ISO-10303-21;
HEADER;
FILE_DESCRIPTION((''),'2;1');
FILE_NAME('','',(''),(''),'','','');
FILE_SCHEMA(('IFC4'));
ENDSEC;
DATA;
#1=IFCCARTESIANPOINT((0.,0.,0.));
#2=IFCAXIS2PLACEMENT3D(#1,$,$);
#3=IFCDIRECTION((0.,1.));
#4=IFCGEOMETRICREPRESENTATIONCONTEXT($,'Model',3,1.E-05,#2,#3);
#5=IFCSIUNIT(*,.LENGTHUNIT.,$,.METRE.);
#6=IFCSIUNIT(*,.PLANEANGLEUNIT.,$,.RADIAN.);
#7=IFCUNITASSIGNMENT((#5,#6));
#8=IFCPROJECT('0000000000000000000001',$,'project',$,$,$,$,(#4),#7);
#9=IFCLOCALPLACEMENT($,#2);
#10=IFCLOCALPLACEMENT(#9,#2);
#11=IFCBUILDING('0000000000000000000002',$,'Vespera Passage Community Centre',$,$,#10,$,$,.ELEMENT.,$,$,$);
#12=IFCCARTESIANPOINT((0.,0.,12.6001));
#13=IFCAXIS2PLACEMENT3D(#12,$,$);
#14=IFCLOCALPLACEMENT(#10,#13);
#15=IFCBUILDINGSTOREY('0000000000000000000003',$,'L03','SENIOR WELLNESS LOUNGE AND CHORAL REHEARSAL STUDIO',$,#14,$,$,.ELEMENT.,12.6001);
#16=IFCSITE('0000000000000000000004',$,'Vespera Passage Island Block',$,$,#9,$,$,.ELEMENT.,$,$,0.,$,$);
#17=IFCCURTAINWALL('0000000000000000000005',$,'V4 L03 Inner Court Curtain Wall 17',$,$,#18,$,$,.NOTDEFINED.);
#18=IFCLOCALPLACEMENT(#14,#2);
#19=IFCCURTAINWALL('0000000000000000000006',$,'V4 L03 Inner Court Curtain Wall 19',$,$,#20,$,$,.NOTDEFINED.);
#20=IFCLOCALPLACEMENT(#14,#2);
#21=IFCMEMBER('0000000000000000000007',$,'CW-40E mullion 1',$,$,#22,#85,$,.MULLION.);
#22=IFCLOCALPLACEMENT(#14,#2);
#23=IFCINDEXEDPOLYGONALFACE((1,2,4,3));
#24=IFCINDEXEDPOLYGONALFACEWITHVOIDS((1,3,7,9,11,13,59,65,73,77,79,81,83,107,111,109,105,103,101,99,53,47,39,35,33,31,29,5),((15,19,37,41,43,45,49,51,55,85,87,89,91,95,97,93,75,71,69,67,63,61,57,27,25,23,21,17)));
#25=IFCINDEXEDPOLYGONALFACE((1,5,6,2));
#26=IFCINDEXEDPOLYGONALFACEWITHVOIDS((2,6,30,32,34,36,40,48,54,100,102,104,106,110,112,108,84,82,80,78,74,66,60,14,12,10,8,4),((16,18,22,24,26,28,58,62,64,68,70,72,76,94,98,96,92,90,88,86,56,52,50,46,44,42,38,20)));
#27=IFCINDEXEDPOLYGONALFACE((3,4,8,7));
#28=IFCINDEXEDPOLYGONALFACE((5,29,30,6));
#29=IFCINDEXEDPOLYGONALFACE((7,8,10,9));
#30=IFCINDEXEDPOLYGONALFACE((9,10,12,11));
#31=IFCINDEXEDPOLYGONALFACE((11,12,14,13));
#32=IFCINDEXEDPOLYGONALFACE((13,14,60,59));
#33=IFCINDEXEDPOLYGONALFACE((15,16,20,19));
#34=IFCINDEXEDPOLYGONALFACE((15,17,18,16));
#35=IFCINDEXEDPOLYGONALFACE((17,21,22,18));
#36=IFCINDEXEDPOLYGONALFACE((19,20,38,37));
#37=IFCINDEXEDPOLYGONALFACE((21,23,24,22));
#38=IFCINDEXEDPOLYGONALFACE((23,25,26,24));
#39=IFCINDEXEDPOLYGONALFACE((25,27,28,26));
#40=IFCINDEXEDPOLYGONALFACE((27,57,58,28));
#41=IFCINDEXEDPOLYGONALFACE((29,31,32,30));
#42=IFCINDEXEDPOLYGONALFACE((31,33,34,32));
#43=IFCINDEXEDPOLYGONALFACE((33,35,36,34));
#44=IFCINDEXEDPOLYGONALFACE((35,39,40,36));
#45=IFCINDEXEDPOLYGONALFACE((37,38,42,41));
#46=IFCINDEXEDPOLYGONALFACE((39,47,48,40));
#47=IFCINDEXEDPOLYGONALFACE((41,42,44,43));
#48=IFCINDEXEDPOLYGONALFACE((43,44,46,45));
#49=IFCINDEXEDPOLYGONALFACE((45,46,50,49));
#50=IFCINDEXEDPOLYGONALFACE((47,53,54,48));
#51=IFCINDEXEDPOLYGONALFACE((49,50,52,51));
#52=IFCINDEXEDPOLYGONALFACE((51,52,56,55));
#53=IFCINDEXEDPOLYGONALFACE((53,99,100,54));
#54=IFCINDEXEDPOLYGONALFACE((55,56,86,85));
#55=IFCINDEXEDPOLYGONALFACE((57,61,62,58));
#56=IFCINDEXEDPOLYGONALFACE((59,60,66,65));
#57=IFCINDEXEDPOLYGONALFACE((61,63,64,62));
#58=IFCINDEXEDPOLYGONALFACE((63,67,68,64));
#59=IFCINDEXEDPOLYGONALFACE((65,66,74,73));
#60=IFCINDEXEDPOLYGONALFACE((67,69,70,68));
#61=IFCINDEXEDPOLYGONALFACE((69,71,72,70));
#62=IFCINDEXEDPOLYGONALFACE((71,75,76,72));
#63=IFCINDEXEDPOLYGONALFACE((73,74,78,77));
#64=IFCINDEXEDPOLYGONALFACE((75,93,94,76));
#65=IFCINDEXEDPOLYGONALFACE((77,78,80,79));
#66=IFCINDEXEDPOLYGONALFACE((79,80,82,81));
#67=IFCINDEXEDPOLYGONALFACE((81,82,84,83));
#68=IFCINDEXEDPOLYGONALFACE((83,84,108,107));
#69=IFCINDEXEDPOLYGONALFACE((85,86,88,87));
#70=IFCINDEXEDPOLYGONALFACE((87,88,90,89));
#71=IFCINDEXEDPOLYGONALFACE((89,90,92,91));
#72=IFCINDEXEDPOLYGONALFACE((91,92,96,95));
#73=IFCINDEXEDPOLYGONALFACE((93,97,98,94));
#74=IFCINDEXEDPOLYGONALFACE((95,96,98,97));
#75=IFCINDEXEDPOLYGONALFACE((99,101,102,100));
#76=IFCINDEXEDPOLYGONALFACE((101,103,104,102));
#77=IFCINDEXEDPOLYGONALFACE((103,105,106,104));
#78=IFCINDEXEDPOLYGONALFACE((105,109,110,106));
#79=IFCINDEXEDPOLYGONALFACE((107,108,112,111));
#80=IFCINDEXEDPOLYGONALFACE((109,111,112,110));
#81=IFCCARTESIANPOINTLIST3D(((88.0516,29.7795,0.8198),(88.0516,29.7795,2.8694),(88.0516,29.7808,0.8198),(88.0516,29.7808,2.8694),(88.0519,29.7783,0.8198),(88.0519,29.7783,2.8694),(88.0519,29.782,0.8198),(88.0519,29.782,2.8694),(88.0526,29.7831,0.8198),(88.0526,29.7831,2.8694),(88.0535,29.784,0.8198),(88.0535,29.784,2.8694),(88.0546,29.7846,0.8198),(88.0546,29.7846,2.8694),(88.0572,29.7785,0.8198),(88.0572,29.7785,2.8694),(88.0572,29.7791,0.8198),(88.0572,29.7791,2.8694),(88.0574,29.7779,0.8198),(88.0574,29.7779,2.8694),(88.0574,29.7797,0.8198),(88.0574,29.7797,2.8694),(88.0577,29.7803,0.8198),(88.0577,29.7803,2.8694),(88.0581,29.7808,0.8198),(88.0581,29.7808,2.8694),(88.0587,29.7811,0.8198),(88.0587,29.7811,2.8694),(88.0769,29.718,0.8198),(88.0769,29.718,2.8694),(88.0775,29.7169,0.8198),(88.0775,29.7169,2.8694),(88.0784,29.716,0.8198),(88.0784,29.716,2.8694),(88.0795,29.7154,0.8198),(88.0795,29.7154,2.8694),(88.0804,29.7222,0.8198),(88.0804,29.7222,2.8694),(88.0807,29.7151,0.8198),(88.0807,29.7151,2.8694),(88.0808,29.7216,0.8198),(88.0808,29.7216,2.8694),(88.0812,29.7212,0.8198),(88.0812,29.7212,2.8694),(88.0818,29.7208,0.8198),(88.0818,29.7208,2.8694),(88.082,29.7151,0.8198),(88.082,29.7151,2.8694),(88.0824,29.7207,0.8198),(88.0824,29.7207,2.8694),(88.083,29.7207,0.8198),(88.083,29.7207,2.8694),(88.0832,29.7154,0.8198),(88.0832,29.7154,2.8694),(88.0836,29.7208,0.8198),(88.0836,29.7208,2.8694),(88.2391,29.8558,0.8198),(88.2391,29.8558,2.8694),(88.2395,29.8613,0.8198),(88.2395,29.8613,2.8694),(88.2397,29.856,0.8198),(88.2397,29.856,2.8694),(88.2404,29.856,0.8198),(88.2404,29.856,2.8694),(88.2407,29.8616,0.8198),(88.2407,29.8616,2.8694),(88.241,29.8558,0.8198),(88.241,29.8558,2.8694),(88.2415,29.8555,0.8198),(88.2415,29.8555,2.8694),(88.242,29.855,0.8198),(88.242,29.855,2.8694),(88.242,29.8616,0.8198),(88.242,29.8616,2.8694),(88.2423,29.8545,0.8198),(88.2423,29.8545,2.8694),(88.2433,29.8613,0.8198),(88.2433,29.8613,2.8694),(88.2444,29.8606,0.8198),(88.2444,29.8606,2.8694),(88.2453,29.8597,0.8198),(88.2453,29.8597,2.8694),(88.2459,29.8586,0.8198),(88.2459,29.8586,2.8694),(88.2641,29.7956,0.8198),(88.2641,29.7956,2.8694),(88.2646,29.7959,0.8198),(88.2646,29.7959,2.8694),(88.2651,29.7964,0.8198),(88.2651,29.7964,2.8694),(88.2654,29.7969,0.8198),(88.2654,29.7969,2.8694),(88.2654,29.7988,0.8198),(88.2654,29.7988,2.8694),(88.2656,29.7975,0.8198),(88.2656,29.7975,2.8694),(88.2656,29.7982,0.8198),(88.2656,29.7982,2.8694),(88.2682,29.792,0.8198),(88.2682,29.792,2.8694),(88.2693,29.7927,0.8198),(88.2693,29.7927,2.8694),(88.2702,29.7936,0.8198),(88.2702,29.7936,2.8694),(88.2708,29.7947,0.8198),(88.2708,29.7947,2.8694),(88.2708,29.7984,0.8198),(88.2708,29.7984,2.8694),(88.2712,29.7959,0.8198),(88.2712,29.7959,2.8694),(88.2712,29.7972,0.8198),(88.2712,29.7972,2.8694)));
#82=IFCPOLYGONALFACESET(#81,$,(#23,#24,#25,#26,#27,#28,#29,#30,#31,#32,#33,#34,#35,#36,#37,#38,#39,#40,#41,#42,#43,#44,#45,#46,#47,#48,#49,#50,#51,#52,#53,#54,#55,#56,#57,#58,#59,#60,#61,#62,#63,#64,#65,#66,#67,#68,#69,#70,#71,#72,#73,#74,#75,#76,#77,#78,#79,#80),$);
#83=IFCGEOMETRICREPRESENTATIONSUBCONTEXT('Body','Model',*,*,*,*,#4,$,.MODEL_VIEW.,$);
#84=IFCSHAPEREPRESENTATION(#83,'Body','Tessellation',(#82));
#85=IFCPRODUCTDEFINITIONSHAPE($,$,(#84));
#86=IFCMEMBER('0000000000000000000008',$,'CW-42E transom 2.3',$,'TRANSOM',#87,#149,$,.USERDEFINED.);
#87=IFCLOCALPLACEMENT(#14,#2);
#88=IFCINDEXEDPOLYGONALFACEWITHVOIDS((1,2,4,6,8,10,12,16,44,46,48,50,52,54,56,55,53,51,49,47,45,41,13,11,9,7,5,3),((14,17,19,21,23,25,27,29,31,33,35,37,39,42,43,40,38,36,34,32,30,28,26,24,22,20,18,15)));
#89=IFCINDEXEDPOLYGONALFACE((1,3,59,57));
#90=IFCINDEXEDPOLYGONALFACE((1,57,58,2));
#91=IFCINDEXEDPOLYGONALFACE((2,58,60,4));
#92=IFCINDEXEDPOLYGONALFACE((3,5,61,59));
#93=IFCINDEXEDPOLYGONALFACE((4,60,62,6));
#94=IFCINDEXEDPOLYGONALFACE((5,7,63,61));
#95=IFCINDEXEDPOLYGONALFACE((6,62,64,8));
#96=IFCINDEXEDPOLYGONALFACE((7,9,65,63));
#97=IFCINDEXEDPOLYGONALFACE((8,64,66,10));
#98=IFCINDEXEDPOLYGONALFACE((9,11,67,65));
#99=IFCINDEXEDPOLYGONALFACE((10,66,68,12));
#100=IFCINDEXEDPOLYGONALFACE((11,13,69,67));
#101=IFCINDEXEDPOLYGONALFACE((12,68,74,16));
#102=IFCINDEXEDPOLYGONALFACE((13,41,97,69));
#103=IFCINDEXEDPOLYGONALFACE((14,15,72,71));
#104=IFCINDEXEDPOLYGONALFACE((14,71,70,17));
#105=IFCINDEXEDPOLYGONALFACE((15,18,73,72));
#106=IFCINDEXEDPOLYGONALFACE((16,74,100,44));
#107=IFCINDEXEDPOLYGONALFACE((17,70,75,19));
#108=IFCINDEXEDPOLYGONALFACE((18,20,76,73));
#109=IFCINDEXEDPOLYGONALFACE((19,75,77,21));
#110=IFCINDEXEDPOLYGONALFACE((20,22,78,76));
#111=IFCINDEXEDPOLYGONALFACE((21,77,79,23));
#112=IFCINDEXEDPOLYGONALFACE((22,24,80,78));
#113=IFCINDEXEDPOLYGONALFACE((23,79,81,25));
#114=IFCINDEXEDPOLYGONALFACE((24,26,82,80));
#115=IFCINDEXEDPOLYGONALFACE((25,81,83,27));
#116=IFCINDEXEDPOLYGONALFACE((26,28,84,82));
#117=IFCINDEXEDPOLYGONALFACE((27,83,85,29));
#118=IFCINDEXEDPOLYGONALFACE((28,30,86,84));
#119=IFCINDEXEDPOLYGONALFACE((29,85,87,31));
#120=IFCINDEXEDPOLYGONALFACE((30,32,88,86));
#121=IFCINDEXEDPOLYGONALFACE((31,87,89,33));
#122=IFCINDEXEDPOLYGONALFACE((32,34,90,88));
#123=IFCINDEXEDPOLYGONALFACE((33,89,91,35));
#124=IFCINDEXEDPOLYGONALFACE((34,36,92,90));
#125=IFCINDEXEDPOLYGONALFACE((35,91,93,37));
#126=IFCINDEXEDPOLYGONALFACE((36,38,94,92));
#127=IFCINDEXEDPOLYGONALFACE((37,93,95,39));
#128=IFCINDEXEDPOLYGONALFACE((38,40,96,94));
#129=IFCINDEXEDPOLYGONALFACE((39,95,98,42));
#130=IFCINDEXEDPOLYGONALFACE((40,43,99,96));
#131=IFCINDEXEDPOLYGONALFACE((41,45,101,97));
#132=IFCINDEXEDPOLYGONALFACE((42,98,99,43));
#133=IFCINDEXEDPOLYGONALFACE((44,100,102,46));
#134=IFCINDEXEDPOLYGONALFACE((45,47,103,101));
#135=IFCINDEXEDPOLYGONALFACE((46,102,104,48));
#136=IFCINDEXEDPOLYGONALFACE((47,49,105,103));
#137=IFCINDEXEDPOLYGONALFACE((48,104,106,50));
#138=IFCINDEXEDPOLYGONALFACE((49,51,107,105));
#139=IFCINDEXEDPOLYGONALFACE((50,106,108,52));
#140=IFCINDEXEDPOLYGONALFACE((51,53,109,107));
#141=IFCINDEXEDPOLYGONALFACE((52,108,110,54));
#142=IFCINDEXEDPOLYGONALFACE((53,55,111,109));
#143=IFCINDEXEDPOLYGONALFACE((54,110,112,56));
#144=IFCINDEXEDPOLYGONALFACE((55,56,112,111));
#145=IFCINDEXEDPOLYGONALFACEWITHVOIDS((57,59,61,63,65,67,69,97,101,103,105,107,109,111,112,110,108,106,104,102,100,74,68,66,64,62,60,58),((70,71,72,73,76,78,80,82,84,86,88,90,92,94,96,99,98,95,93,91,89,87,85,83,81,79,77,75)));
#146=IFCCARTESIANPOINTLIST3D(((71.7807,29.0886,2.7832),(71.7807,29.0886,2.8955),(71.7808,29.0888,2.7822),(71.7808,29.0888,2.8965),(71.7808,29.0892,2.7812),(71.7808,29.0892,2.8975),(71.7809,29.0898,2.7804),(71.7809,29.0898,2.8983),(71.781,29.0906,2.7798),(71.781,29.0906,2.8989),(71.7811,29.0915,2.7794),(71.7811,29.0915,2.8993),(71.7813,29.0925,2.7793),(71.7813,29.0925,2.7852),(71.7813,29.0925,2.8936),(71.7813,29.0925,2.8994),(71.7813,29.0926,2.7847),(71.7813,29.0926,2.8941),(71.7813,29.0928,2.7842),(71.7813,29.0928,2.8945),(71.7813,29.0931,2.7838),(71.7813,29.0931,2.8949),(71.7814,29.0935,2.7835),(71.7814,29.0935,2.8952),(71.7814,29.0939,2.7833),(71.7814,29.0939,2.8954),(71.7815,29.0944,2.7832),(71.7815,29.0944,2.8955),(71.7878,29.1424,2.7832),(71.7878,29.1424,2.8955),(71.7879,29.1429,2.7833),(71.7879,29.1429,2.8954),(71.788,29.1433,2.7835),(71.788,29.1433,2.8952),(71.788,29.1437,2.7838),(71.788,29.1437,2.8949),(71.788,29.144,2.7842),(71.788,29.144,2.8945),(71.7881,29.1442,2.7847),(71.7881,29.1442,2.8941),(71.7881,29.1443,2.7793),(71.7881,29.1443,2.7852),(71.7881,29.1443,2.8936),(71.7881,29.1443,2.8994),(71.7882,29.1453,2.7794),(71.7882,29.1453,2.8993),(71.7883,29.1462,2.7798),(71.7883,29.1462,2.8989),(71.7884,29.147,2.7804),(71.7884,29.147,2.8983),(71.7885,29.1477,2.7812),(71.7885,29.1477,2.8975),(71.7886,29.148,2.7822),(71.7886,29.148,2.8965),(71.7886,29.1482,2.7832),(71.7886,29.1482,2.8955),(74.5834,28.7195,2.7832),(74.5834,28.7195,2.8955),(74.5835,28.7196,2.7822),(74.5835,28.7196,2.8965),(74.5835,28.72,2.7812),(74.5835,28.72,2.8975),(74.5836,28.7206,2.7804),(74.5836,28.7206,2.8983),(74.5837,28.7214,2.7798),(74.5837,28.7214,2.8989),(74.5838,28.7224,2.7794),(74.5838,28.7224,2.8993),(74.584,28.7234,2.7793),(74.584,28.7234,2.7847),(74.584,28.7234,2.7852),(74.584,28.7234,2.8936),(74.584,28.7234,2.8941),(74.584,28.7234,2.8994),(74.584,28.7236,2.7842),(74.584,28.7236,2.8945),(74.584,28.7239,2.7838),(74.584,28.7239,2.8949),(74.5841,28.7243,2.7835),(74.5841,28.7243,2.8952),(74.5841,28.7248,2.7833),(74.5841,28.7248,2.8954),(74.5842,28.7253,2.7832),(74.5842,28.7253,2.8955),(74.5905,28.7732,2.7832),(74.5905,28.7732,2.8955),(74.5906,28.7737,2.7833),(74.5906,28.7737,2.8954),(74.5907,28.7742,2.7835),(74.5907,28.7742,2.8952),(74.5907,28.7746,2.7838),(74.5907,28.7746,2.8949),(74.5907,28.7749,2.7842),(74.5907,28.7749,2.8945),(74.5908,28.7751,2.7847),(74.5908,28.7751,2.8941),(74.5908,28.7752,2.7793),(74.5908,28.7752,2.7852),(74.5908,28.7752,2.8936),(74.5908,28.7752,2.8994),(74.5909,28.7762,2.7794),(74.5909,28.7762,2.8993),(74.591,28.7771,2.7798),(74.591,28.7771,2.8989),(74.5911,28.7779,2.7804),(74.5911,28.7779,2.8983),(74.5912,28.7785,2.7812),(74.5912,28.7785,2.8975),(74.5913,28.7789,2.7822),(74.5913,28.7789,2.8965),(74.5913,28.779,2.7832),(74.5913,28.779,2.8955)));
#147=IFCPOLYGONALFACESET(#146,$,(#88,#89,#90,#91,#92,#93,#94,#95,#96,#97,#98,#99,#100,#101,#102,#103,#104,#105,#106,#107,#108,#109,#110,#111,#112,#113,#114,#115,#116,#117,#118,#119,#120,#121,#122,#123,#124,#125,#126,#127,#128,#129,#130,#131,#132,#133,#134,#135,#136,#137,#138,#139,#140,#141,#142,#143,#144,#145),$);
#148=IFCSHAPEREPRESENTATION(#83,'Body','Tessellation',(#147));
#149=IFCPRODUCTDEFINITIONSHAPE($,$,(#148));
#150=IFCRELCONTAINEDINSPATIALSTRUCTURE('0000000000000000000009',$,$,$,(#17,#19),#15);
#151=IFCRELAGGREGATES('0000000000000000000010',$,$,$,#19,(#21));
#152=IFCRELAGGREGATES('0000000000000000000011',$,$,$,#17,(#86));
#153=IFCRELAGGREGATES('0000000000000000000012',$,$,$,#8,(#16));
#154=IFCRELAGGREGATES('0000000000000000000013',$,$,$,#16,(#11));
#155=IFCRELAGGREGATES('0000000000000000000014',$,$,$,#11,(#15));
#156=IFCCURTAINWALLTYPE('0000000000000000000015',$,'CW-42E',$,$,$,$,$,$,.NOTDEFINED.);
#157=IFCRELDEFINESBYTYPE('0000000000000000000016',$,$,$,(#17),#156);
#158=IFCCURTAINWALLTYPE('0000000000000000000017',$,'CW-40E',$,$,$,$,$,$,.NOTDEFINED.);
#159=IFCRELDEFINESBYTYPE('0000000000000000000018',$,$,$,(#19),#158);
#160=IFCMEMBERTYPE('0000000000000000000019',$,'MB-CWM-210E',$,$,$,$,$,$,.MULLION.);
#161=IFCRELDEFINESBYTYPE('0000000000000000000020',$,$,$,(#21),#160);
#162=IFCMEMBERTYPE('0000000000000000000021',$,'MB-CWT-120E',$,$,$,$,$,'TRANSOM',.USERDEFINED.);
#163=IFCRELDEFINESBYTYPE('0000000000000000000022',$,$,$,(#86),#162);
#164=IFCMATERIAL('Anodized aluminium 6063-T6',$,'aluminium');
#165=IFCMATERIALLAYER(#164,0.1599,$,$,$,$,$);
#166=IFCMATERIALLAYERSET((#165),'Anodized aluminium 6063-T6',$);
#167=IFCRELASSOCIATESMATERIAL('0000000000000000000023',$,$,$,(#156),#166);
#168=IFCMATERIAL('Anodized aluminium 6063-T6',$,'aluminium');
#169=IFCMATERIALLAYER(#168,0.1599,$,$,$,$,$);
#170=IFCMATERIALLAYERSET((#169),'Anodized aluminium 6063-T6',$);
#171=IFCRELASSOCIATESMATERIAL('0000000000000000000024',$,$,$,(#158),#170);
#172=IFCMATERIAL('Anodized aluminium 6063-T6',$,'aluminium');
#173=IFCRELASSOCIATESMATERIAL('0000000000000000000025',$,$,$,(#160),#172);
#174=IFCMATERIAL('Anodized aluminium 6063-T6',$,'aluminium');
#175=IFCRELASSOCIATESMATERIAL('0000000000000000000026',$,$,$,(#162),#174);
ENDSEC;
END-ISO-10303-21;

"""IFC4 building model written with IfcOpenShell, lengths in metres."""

from ifc_helpers import new_model, si_unit, direction, frame, origin, origin_2d, place, context, subcontext, project, spatial, hollow_rectangle, extrude, material, layer, layer_set, material_profile, profile_set, type_object, element, aggregate, save


model = new_model("IFC4")

# Units and contexts
model_context = context("Model", 3, precision=1e-05, world=origin(), true_north=direction((0.0, 1.0)))
body_context = subcontext(model_context, "Body", "Model", "MODEL_VIEW")
ifc_project = project(units=[si_unit("LENGTHUNIT", "METRE"), si_unit("PLANEANGLEUNIT", "RADIAN")], contexts=[model_context])

# Site, building, storey
site_placement = place(None, origin())
site = spatial("IfcSite", under=ifc_project, at=site_placement, Name="Vespera Passage Island Block", CompositionType="ELEMENT", RefElevation=0.0)
building_placement = place(site_placement, origin())
building = spatial("IfcBuilding", under=site, at=building_placement, Name="Vespera Passage Community Centre", CompositionType="ELEMENT")
storey_placement = place(building_placement, frame((0.0, 0.0, 12.6001)))
storey = spatial("IfcBuildingStorey", under=building, at=storey_placement, Name="L03", Description="SENIOR WELLNESS LOUNGE AND CHORAL REHEARSAL STUDIO", CompositionType="ELEMENT", Elevation=12.6001)

# Curtain wall
ifc_material_1 = material(Name="Anodized aluminium 6063-T6", Category="aluminium")
ifc_layer_1 = layer(ifc_material_1, 0.1599)
ifc_layer_set_1 = layer_set([ifc_layer_1], Name="Anodized aluminium 6063-T6")
curtain_wall_type_1 = type_object("IfcCurtainWallType", Name="CW-42E", PredefinedType="NOTDEFINED", material=ifc_layer_set_1)
curtain_wall_1_placement = place(storey_placement, origin())
curtain_wall_1 = element("IfcCurtainWall", 1, at=curtain_wall_1_placement, inside=storey, type_object=curtain_wall_type_1, Name="V4 L03 Inner Court Curtain Wall 17", PredefinedType="NOTDEFINED")

# Curtain wall, member
ifc_material_2 = material(Name="Anodized aluminium 6063-T6", Category="aluminium")
ifc_layer_2 = layer(ifc_material_2, 0.1599)
ifc_layer_set_2 = layer_set([ifc_layer_2], Name="Anodized aluminium 6063-T6")
curtain_wall_type_2 = type_object("IfcCurtainWallType", Name="CW-40E", PredefinedType="NOTDEFINED", material=ifc_layer_set_2)
curtain_wall_2_placement = place(storey_placement, origin())
curtain_wall_2 = element("IfcCurtainWall", 2, at=curtain_wall_2_placement, inside=storey, type_object=curtain_wall_type_2, Name="V4 L03 Inner Court Curtain Wall 19", PredefinedType="NOTDEFINED")
ifc_material_3 = material(Name="Anodized aluminium 6063-T6", Category="aluminium")
ifc_material_profile_1 = material_profile(ifc_material_3, hollow_rectangle(XDim=0.075, YDim=0.21, WallThickness=0.0049, InnerFilletRadius=0.0024, OuterFilletRadius=0.0049, at=origin_2d()), Name="ALU210X75X5")
ifc_profile_set_1 = profile_set([ifc_material_profile_1], Name="Anodized aluminium 6063-T6")
member_type_1 = type_object("IfcMemberType", Name="MB-CWM-210E", PredefinedType="MULLION", material=ifc_profile_set_1)
member_1_placement = place(storey_placement, frame((88.1614, 29.7883, 0.8198), z_axis=(0.0, 0.0, 1.0), x_axis=(-0.38269, 0.923877, 0.0)))
member_1 = element("IfcMember", 3, at=member_1_placement, type_object=member_type_1, Name="CW-40E mullion 1", PredefinedType="MULLION", context=body_context, shape_type="SweptSolid", body=[
    extrude(hollow_rectangle(XDim=0.075, YDim=0.21, WallThickness=0.0049, InnerFilletRadius=0.0024, OuterFilletRadius=0.0049, at=origin_2d()), origin(), (0.0, 0.0, 1.0), 2.0496),
])

# Member
ifc_material_4 = material(Name="Anodized aluminium 6063-T6", Category="aluminium")
ifc_material_profile_2 = material_profile(ifc_material_4, hollow_rectangle(XDim=0.0601, YDim=0.1201, WallThickness=0.0039, InnerFilletRadius=0.002, OuterFilletRadius=0.0039, at=origin_2d()), Name="ALU120X60X4")
ifc_profile_set_2 = profile_set([ifc_material_profile_2], Name="Anodized aluminium 6063-T6")
member_type_2 = type_object("IfcMemberType", Name="MB-CWT-120E", ElementType="TRANSOM", PredefinedType="USERDEFINED", material=ifc_profile_set_2)
member_2_placement = place(storey_placement, frame((71.7847, 29.1184, 2.8394), z_axis=(0.991438, -0.13058, 0.0), x_axis=(0.13058, 0.991438, 0.0)))
member_2 = element("IfcMember", 4, at=member_2_placement, type_object=member_type_2, Name="CW-42E transom 2.3", ObjectType="TRANSOM", PredefinedType="USERDEFINED", context=body_context, shape_type="SweptSolid", body=[
    extrude(hollow_rectangle(XDim=0.0601, YDim=0.1201, WallThickness=0.0039, InnerFilletRadius=0.002, OuterFilletRadius=0.0039, at=origin_2d()), origin(), (0.0, 0.0, 1.0), 2.8269),
])

aggregate(curtain_wall_2, [member_1])
aggregate(curtain_wall_1, [member_2])

save(model, "model.ifc")
